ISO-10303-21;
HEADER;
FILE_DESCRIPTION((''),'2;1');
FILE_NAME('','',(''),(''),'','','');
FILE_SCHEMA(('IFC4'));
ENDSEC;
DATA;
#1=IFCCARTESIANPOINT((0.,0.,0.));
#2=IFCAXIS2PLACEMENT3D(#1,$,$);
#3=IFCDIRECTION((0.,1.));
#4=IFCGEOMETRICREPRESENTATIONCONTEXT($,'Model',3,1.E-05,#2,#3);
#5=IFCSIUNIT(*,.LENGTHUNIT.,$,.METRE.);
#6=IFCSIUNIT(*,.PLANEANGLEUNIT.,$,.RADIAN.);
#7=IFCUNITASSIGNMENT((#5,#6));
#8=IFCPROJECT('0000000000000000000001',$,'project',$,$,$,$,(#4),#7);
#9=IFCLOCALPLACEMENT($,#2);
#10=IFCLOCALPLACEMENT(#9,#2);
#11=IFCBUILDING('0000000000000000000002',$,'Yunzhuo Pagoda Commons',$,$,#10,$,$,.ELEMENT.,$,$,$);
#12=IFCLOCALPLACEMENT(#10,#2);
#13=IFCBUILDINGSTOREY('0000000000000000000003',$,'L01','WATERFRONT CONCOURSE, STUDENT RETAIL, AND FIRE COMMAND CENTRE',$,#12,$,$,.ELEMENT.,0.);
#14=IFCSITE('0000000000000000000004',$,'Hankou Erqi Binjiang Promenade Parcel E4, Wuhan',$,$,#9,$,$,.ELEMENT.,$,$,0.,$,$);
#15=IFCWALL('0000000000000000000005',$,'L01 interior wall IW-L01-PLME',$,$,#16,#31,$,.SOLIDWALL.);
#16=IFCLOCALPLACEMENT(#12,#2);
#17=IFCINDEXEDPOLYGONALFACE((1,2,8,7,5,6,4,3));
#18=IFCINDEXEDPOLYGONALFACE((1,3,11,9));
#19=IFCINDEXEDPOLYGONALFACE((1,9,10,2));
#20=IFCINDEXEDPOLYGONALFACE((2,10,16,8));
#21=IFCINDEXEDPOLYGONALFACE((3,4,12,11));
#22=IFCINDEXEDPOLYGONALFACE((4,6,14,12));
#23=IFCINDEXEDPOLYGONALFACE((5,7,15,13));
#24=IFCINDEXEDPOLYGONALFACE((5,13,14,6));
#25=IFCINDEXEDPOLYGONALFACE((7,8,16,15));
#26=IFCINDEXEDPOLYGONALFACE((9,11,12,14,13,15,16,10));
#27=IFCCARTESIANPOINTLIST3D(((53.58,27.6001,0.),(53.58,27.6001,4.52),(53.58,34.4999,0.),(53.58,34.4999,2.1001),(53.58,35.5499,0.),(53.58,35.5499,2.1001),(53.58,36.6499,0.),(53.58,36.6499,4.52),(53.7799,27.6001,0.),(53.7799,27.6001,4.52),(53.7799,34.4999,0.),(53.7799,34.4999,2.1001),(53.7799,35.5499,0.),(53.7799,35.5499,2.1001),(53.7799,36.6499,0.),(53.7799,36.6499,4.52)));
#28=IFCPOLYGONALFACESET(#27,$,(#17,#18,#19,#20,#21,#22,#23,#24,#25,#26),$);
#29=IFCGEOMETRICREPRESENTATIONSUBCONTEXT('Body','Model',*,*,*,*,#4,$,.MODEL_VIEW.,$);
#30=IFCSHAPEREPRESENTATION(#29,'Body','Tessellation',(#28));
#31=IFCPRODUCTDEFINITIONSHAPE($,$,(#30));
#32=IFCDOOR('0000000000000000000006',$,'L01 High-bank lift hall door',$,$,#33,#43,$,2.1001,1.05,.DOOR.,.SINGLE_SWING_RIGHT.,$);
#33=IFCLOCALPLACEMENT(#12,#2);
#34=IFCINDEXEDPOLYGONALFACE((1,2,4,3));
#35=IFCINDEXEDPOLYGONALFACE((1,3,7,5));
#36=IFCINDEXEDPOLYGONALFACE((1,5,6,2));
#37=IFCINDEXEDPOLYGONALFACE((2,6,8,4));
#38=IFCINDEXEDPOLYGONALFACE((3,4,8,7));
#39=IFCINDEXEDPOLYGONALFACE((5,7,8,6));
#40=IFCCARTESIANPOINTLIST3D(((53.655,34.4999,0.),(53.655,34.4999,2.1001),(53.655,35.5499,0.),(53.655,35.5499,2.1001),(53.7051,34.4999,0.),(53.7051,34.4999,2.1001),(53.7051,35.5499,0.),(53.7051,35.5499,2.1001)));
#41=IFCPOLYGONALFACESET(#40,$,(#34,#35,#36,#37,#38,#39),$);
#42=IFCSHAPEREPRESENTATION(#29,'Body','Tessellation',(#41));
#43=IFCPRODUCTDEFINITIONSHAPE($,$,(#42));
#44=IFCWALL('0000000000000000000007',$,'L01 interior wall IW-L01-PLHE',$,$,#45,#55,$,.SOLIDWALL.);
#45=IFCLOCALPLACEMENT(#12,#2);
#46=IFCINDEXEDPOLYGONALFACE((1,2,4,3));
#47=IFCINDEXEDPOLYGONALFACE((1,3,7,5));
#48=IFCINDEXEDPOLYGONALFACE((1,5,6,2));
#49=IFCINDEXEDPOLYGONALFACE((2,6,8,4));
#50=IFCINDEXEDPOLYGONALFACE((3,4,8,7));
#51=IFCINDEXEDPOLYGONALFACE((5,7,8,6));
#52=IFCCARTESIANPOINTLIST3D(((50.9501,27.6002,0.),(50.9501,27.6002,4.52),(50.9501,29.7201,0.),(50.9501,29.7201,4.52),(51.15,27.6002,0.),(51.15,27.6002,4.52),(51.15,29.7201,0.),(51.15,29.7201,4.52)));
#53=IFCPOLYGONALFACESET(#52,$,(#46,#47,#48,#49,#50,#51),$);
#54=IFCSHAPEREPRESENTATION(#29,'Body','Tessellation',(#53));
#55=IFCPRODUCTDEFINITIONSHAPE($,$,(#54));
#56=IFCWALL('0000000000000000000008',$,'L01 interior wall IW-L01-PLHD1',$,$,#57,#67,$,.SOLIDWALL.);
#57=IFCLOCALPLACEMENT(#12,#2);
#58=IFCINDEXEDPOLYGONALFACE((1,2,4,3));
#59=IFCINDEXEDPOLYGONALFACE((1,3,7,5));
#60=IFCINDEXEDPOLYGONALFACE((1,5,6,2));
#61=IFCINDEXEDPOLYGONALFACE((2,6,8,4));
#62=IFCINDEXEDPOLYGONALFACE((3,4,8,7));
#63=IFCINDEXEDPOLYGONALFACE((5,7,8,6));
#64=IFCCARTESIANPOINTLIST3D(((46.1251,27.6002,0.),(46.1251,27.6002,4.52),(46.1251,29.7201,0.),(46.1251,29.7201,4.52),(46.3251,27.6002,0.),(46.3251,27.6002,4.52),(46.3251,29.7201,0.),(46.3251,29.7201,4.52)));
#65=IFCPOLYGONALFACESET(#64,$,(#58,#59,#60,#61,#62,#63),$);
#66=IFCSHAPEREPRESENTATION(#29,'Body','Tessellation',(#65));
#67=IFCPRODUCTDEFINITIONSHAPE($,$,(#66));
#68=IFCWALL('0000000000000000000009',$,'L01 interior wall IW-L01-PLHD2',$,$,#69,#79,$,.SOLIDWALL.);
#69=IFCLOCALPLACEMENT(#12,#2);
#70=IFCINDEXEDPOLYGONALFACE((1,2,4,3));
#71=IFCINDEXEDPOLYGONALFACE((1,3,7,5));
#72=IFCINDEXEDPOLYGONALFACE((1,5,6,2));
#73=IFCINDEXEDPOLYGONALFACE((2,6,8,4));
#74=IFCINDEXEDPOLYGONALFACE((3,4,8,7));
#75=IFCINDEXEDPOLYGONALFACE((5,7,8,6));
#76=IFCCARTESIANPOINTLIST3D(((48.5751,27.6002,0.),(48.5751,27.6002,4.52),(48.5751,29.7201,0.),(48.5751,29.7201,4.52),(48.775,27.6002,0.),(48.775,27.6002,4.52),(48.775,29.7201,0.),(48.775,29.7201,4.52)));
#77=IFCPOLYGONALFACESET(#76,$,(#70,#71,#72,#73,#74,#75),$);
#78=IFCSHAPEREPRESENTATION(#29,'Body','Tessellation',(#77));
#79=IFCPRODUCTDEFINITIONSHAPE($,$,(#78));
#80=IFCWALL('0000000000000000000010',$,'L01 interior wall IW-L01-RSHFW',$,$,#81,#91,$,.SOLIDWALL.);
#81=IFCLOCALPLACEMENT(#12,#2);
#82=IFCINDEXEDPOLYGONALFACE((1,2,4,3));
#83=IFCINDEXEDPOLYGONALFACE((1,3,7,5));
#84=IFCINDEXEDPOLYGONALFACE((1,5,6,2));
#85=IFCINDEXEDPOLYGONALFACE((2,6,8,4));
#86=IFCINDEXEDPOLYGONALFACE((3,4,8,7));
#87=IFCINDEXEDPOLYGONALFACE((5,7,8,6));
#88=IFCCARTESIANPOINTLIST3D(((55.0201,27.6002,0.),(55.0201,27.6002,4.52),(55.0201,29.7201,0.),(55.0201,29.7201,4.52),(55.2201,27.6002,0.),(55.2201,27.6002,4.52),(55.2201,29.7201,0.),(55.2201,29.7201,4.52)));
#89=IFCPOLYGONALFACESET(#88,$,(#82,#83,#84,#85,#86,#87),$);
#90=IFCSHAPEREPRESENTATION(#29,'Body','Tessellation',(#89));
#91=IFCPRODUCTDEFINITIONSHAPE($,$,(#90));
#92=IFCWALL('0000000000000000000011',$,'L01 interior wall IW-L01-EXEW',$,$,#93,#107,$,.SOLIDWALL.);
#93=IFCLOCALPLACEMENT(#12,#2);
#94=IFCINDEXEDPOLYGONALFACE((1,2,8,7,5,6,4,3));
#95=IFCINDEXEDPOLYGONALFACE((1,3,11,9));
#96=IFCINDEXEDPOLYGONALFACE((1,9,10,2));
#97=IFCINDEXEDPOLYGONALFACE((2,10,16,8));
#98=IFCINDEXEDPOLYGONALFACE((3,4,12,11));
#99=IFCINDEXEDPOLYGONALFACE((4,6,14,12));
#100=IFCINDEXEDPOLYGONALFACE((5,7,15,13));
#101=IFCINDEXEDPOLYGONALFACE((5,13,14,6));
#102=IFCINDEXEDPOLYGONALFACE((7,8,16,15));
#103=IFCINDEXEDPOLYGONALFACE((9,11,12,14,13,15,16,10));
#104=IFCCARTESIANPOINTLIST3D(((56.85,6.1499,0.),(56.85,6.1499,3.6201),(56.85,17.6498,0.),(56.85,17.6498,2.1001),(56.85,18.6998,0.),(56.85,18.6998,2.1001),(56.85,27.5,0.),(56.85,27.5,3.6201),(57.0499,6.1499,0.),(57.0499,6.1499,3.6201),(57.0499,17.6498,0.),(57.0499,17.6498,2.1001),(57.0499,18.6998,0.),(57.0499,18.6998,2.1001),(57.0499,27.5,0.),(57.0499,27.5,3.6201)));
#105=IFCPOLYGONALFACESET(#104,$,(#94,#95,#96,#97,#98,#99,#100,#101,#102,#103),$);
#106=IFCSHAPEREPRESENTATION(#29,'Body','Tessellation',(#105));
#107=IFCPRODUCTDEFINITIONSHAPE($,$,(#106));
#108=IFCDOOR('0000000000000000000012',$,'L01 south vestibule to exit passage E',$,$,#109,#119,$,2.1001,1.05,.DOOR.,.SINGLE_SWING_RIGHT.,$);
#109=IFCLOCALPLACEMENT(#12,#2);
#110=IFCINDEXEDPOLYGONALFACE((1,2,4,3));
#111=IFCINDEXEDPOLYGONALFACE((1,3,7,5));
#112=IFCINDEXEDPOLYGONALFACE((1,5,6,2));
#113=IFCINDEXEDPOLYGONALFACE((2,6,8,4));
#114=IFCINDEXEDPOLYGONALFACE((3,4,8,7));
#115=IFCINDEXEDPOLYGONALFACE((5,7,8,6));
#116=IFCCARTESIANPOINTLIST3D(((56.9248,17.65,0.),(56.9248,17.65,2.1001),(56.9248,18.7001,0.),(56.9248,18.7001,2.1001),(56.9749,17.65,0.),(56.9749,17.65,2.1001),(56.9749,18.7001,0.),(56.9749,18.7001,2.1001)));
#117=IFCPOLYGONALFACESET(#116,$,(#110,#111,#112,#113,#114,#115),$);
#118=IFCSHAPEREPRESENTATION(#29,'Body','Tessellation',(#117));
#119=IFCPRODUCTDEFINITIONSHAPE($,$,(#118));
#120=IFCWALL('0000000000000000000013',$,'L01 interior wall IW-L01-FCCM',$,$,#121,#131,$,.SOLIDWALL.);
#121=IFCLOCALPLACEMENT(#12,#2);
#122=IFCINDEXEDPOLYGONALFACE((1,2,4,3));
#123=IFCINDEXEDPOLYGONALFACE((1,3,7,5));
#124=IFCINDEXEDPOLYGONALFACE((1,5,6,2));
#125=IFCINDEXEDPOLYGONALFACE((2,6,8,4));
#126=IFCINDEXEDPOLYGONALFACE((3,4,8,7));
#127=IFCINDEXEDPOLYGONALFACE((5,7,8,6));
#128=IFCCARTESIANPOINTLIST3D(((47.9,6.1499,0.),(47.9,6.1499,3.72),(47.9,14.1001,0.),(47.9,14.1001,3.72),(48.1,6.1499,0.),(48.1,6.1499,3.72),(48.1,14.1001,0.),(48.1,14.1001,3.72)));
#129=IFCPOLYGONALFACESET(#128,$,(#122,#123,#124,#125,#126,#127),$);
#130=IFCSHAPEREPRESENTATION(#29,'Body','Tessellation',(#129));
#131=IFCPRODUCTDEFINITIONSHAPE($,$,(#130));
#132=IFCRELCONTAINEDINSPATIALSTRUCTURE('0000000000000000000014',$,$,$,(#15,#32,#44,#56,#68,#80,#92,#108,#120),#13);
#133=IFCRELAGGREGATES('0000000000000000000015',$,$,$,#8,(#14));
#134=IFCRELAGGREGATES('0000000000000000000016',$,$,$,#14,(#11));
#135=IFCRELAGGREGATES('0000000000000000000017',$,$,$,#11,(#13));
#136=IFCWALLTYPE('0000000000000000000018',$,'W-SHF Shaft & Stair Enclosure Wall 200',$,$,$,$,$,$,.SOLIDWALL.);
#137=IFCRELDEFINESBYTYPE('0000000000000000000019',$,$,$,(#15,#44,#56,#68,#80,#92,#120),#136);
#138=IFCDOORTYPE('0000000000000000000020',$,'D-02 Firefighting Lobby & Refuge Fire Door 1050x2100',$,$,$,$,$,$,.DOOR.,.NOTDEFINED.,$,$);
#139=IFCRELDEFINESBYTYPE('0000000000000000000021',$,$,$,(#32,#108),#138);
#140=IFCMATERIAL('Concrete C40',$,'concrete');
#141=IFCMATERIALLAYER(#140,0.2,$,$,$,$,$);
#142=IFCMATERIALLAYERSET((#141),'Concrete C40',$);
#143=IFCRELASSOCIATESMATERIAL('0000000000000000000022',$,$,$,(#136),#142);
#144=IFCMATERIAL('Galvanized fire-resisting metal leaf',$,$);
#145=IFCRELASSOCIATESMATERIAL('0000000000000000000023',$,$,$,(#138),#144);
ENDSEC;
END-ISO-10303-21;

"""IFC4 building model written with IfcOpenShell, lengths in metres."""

from ifc_helpers import new_model, si_unit, direction, frame, frame_2d, origin, origin_with_axes, place, context, subcontext, project, spatial, rectangle, extrude, source, transform, mapped, material, layer, layer_set, type_object, element, fill, save


model = new_model("IFC4")

# Units and contexts
model_context = context("Model", 3, precision=1e-05, world=origin(), true_north=direction((0.0, 1.0)))
body_context = subcontext(model_context, "Body", "Model", "MODEL_VIEW")
ifc_project = project(units=[si_unit("LENGTHUNIT", "METRE"), si_unit("PLANEANGLEUNIT", "RADIAN")], contexts=[model_context])

# Site, building, storey
site_placement = place(None, origin())
site = spatial("IfcSite", under=ifc_project, at=site_placement, Name="Hankou Erqi Binjiang Promenade Parcel E4, Wuhan", CompositionType="ELEMENT", RefElevation=0.0)
building_placement = place(site_placement, origin())
building = spatial("IfcBuilding", under=site, at=building_placement, Name="Yunzhuo Pagoda Commons", CompositionType="ELEMENT")
storey_placement = place(building_placement, origin())
storey = spatial("IfcBuildingStorey", under=building, at=storey_placement, Name="L01", Description="WATERFRONT CONCOURSE, STUDENT RETAIL, AND FIRE COMMAND CENTRE", CompositionType="ELEMENT", Elevation=0.0)

# Wall, opening, door
ifc_material_1 = material(Name="Galvanized fire-resisting metal leaf")
ifc_material_2 = material(Name="Concrete C40", Category="concrete")
ifc_layer_1 = layer(ifc_material_2, 0.2)
ifc_layer_set_1 = layer_set([ifc_layer_1], Name="Concrete C40")
wall_type_1 = type_object("IfcWallType", Name="W-SHF Shaft & Stair Enclosure Wall 200", PredefinedType="SOLIDWALL", material=ifc_layer_set_1)
door_type_1 = type_object("IfcDoorType", Name="D-02 Firefighting Lobby & Refuge Fire Door 1050x2100", OperationType="NOTDEFINED", PredefinedType="DOOR", material=ifc_material_1)
shared_shape_1 = source(origin(), body_context, "Body", "SweptSolid", [
    extrude(rectangle(XDim=1.05, YDim=2.1001, at=frame_2d((0.5249, 1.05))), frame((0.0, 0.0249, 0.0), z_axis=(0.0, -1.0, 0.0), x_axis=(1.0, 0.0, 0.0)), (0.0, 0.0, 1.0), 0.05),
])
wall_1_placement = place(storey_placement, frame((53.6799, 27.6001, 0.0), z_axis=(0.0, 0.0, 1.0), x_axis=(0.0, 1.0, 0.0)))
wall_1 = element("IfcWall", 1, at=wall_1_placement, inside=storey, type_object=wall_type_1, Name="L01 interior wall IW-L01-PLME", PredefinedType="SOLIDWALL", context=body_context, shape_type="SweptSolid", body=[
    extrude(rectangle(XDim=9.0498, YDim=0.2, at=frame_2d((4.5249, 0.0))), origin(), (0.0, 0.0, 1.0), 4.52),
])
opening_1_placement = place(wall_1_placement, frame((6.8999, 0.0, 0.0)))
opening_1 = element("IfcOpeningElement", 2, at=opening_1_placement, cuts=wall_1, PredefinedType="OPENING", context=body_context, shape_type="SweptSolid", body=[
    extrude(rectangle(XDim=1.05, YDim=2.1001, at=frame_2d((0.5249, 1.05))), frame((0.0, 0.1099, 0.0), z_axis=(0.0, -1.0, 0.0), x_axis=(1.0, 0.0, 0.0)), (0.0, 0.0, 1.0), 0.22),
])
door_1_placement = place(opening_1_placement, origin_with_axes())
door_1 = element("IfcDoor", 3, at=door_1_placement, inside=storey, type_object=door_type_1, Name="L01 High-bank lift hall door", OperationType="SINGLE_SWING_RIGHT", OverallHeight=2.1001, OverallWidth=1.05, PredefinedType="DOOR", context=body_context, shape_type="MappedRepresentation", body=[
    mapped(shared_shape_1, transform((0.0, 0.0, 0.0), scale=1.0)),
])
fill(opening_1, door_1)

# Walls
for number, where, z_axis, x_axis, name in (
    (4, (51.05, 27.6001, 0.0), (0.0, 0.0, 1.0), (0.0, 1.0, 0.0), "L01 interior wall IW-L01-PLHE"),
    (5, (46.2251, 27.6001, 0.0), (0.0, 0.0, 1.0), (0.0, 1.0, 0.0), "L01 interior wall IW-L01-PLHD1"),
    (6, (48.675, 27.6001, 0.0), (0.0, 0.0, 1.0), (0.0, 1.0, 0.0), "L01 interior wall IW-L01-PLHD2"),
    (7, (55.1201, 27.6001, 0.0), (0.0, 0.0, 1.0), (0.0, 1.0, 0.0), "L01 interior wall IW-L01-RSHFW"),
):
    element("IfcWall", number, at=place(storey_placement, frame(where, z_axis=z_axis, x_axis=x_axis)), inside=storey, type_object=wall_type_1, Name=name, PredefinedType="SOLIDWALL", context=body_context, shape_type="SweptSolid", body=[
        extrude(rectangle(XDim=2.1199, YDim=0.2, at=frame_2d((1.0601, 0.0))), origin(), (0.0, 0.0, 1.0), 4.52),
    ])

# Wall, opening, door
wall_2_placement = place(storey_placement, frame((56.95, 6.1499, 0.0), z_axis=(0.0, 0.0, 1.0), x_axis=(0.0, 1.0, 0.0)))
wall_2 = element("IfcWall", 8, at=wall_2_placement, inside=storey, type_object=wall_type_1, Name="L01 interior wall IW-L01-EXEW", PredefinedType="SOLIDWALL", context=body_context, shape_type="SweptSolid", body=[
    extrude(rectangle(XDim=21.3501, YDim=0.2, at=frame_2d((10.675, 0.0))), origin(), (0.0, 0.0, 1.0), 3.6201),
])
opening_2_placement = place(wall_2_placement, frame((11.5, 0.0, 0.0)))
opening_2 = element("IfcOpeningElement", 9, at=opening_2_placement, cuts=wall_2, PredefinedType="OPENING", context=body_context, shape_type="SweptSolid", body=[
    extrude(rectangle(XDim=1.05, YDim=2.1001, at=frame_2d((0.5249, 1.05))), frame((0.0, 0.1099, 0.0), z_axis=(0.0, -1.0, 0.0), x_axis=(1.0, 0.0, 0.0)), (0.0, 0.0, 1.0), 0.22),
])
door_2_placement = place(opening_2_placement, frame((1.05, 0.0, 0.0), z_axis=(0.0, 0.0, 1.0), x_axis=(-1.0, 0.0, 0.0)))
door_2 = element("IfcDoor", 10, at=door_2_placement, inside=storey, type_object=door_type_1, Name="L01 south vestibule to exit passage E", OperationType="SINGLE_SWING_RIGHT", OverallHeight=2.1001, OverallWidth=1.05, PredefinedType="DOOR", context=body_context, shape_type="MappedRepresentation", body=[
    mapped(shared_shape_1, transform((0.0, 0.0, 0.0), scale=1.0)),
])
fill(opening_2, door_2)

# Wall
wall_3_placement = place(storey_placement, frame((48.0, 6.1499, 0.0), z_axis=(0.0, 0.0, 1.0), x_axis=(0.0, 1.0, 0.0)))
element("IfcWall", 11, at=wall_3_placement, inside=storey, type_object=wall_type_1, Name="L01 interior wall IW-L01-FCCM", PredefinedType="SOLIDWALL", context=body_context, shape_type="SweptSolid", body=[
    extrude(rectangle(XDim=7.9502, YDim=0.2, at=frame_2d((3.9751, 0.0))), origin(), (0.0, 0.0, 1.0), 3.72),
])

save(model, "model.ifc")
